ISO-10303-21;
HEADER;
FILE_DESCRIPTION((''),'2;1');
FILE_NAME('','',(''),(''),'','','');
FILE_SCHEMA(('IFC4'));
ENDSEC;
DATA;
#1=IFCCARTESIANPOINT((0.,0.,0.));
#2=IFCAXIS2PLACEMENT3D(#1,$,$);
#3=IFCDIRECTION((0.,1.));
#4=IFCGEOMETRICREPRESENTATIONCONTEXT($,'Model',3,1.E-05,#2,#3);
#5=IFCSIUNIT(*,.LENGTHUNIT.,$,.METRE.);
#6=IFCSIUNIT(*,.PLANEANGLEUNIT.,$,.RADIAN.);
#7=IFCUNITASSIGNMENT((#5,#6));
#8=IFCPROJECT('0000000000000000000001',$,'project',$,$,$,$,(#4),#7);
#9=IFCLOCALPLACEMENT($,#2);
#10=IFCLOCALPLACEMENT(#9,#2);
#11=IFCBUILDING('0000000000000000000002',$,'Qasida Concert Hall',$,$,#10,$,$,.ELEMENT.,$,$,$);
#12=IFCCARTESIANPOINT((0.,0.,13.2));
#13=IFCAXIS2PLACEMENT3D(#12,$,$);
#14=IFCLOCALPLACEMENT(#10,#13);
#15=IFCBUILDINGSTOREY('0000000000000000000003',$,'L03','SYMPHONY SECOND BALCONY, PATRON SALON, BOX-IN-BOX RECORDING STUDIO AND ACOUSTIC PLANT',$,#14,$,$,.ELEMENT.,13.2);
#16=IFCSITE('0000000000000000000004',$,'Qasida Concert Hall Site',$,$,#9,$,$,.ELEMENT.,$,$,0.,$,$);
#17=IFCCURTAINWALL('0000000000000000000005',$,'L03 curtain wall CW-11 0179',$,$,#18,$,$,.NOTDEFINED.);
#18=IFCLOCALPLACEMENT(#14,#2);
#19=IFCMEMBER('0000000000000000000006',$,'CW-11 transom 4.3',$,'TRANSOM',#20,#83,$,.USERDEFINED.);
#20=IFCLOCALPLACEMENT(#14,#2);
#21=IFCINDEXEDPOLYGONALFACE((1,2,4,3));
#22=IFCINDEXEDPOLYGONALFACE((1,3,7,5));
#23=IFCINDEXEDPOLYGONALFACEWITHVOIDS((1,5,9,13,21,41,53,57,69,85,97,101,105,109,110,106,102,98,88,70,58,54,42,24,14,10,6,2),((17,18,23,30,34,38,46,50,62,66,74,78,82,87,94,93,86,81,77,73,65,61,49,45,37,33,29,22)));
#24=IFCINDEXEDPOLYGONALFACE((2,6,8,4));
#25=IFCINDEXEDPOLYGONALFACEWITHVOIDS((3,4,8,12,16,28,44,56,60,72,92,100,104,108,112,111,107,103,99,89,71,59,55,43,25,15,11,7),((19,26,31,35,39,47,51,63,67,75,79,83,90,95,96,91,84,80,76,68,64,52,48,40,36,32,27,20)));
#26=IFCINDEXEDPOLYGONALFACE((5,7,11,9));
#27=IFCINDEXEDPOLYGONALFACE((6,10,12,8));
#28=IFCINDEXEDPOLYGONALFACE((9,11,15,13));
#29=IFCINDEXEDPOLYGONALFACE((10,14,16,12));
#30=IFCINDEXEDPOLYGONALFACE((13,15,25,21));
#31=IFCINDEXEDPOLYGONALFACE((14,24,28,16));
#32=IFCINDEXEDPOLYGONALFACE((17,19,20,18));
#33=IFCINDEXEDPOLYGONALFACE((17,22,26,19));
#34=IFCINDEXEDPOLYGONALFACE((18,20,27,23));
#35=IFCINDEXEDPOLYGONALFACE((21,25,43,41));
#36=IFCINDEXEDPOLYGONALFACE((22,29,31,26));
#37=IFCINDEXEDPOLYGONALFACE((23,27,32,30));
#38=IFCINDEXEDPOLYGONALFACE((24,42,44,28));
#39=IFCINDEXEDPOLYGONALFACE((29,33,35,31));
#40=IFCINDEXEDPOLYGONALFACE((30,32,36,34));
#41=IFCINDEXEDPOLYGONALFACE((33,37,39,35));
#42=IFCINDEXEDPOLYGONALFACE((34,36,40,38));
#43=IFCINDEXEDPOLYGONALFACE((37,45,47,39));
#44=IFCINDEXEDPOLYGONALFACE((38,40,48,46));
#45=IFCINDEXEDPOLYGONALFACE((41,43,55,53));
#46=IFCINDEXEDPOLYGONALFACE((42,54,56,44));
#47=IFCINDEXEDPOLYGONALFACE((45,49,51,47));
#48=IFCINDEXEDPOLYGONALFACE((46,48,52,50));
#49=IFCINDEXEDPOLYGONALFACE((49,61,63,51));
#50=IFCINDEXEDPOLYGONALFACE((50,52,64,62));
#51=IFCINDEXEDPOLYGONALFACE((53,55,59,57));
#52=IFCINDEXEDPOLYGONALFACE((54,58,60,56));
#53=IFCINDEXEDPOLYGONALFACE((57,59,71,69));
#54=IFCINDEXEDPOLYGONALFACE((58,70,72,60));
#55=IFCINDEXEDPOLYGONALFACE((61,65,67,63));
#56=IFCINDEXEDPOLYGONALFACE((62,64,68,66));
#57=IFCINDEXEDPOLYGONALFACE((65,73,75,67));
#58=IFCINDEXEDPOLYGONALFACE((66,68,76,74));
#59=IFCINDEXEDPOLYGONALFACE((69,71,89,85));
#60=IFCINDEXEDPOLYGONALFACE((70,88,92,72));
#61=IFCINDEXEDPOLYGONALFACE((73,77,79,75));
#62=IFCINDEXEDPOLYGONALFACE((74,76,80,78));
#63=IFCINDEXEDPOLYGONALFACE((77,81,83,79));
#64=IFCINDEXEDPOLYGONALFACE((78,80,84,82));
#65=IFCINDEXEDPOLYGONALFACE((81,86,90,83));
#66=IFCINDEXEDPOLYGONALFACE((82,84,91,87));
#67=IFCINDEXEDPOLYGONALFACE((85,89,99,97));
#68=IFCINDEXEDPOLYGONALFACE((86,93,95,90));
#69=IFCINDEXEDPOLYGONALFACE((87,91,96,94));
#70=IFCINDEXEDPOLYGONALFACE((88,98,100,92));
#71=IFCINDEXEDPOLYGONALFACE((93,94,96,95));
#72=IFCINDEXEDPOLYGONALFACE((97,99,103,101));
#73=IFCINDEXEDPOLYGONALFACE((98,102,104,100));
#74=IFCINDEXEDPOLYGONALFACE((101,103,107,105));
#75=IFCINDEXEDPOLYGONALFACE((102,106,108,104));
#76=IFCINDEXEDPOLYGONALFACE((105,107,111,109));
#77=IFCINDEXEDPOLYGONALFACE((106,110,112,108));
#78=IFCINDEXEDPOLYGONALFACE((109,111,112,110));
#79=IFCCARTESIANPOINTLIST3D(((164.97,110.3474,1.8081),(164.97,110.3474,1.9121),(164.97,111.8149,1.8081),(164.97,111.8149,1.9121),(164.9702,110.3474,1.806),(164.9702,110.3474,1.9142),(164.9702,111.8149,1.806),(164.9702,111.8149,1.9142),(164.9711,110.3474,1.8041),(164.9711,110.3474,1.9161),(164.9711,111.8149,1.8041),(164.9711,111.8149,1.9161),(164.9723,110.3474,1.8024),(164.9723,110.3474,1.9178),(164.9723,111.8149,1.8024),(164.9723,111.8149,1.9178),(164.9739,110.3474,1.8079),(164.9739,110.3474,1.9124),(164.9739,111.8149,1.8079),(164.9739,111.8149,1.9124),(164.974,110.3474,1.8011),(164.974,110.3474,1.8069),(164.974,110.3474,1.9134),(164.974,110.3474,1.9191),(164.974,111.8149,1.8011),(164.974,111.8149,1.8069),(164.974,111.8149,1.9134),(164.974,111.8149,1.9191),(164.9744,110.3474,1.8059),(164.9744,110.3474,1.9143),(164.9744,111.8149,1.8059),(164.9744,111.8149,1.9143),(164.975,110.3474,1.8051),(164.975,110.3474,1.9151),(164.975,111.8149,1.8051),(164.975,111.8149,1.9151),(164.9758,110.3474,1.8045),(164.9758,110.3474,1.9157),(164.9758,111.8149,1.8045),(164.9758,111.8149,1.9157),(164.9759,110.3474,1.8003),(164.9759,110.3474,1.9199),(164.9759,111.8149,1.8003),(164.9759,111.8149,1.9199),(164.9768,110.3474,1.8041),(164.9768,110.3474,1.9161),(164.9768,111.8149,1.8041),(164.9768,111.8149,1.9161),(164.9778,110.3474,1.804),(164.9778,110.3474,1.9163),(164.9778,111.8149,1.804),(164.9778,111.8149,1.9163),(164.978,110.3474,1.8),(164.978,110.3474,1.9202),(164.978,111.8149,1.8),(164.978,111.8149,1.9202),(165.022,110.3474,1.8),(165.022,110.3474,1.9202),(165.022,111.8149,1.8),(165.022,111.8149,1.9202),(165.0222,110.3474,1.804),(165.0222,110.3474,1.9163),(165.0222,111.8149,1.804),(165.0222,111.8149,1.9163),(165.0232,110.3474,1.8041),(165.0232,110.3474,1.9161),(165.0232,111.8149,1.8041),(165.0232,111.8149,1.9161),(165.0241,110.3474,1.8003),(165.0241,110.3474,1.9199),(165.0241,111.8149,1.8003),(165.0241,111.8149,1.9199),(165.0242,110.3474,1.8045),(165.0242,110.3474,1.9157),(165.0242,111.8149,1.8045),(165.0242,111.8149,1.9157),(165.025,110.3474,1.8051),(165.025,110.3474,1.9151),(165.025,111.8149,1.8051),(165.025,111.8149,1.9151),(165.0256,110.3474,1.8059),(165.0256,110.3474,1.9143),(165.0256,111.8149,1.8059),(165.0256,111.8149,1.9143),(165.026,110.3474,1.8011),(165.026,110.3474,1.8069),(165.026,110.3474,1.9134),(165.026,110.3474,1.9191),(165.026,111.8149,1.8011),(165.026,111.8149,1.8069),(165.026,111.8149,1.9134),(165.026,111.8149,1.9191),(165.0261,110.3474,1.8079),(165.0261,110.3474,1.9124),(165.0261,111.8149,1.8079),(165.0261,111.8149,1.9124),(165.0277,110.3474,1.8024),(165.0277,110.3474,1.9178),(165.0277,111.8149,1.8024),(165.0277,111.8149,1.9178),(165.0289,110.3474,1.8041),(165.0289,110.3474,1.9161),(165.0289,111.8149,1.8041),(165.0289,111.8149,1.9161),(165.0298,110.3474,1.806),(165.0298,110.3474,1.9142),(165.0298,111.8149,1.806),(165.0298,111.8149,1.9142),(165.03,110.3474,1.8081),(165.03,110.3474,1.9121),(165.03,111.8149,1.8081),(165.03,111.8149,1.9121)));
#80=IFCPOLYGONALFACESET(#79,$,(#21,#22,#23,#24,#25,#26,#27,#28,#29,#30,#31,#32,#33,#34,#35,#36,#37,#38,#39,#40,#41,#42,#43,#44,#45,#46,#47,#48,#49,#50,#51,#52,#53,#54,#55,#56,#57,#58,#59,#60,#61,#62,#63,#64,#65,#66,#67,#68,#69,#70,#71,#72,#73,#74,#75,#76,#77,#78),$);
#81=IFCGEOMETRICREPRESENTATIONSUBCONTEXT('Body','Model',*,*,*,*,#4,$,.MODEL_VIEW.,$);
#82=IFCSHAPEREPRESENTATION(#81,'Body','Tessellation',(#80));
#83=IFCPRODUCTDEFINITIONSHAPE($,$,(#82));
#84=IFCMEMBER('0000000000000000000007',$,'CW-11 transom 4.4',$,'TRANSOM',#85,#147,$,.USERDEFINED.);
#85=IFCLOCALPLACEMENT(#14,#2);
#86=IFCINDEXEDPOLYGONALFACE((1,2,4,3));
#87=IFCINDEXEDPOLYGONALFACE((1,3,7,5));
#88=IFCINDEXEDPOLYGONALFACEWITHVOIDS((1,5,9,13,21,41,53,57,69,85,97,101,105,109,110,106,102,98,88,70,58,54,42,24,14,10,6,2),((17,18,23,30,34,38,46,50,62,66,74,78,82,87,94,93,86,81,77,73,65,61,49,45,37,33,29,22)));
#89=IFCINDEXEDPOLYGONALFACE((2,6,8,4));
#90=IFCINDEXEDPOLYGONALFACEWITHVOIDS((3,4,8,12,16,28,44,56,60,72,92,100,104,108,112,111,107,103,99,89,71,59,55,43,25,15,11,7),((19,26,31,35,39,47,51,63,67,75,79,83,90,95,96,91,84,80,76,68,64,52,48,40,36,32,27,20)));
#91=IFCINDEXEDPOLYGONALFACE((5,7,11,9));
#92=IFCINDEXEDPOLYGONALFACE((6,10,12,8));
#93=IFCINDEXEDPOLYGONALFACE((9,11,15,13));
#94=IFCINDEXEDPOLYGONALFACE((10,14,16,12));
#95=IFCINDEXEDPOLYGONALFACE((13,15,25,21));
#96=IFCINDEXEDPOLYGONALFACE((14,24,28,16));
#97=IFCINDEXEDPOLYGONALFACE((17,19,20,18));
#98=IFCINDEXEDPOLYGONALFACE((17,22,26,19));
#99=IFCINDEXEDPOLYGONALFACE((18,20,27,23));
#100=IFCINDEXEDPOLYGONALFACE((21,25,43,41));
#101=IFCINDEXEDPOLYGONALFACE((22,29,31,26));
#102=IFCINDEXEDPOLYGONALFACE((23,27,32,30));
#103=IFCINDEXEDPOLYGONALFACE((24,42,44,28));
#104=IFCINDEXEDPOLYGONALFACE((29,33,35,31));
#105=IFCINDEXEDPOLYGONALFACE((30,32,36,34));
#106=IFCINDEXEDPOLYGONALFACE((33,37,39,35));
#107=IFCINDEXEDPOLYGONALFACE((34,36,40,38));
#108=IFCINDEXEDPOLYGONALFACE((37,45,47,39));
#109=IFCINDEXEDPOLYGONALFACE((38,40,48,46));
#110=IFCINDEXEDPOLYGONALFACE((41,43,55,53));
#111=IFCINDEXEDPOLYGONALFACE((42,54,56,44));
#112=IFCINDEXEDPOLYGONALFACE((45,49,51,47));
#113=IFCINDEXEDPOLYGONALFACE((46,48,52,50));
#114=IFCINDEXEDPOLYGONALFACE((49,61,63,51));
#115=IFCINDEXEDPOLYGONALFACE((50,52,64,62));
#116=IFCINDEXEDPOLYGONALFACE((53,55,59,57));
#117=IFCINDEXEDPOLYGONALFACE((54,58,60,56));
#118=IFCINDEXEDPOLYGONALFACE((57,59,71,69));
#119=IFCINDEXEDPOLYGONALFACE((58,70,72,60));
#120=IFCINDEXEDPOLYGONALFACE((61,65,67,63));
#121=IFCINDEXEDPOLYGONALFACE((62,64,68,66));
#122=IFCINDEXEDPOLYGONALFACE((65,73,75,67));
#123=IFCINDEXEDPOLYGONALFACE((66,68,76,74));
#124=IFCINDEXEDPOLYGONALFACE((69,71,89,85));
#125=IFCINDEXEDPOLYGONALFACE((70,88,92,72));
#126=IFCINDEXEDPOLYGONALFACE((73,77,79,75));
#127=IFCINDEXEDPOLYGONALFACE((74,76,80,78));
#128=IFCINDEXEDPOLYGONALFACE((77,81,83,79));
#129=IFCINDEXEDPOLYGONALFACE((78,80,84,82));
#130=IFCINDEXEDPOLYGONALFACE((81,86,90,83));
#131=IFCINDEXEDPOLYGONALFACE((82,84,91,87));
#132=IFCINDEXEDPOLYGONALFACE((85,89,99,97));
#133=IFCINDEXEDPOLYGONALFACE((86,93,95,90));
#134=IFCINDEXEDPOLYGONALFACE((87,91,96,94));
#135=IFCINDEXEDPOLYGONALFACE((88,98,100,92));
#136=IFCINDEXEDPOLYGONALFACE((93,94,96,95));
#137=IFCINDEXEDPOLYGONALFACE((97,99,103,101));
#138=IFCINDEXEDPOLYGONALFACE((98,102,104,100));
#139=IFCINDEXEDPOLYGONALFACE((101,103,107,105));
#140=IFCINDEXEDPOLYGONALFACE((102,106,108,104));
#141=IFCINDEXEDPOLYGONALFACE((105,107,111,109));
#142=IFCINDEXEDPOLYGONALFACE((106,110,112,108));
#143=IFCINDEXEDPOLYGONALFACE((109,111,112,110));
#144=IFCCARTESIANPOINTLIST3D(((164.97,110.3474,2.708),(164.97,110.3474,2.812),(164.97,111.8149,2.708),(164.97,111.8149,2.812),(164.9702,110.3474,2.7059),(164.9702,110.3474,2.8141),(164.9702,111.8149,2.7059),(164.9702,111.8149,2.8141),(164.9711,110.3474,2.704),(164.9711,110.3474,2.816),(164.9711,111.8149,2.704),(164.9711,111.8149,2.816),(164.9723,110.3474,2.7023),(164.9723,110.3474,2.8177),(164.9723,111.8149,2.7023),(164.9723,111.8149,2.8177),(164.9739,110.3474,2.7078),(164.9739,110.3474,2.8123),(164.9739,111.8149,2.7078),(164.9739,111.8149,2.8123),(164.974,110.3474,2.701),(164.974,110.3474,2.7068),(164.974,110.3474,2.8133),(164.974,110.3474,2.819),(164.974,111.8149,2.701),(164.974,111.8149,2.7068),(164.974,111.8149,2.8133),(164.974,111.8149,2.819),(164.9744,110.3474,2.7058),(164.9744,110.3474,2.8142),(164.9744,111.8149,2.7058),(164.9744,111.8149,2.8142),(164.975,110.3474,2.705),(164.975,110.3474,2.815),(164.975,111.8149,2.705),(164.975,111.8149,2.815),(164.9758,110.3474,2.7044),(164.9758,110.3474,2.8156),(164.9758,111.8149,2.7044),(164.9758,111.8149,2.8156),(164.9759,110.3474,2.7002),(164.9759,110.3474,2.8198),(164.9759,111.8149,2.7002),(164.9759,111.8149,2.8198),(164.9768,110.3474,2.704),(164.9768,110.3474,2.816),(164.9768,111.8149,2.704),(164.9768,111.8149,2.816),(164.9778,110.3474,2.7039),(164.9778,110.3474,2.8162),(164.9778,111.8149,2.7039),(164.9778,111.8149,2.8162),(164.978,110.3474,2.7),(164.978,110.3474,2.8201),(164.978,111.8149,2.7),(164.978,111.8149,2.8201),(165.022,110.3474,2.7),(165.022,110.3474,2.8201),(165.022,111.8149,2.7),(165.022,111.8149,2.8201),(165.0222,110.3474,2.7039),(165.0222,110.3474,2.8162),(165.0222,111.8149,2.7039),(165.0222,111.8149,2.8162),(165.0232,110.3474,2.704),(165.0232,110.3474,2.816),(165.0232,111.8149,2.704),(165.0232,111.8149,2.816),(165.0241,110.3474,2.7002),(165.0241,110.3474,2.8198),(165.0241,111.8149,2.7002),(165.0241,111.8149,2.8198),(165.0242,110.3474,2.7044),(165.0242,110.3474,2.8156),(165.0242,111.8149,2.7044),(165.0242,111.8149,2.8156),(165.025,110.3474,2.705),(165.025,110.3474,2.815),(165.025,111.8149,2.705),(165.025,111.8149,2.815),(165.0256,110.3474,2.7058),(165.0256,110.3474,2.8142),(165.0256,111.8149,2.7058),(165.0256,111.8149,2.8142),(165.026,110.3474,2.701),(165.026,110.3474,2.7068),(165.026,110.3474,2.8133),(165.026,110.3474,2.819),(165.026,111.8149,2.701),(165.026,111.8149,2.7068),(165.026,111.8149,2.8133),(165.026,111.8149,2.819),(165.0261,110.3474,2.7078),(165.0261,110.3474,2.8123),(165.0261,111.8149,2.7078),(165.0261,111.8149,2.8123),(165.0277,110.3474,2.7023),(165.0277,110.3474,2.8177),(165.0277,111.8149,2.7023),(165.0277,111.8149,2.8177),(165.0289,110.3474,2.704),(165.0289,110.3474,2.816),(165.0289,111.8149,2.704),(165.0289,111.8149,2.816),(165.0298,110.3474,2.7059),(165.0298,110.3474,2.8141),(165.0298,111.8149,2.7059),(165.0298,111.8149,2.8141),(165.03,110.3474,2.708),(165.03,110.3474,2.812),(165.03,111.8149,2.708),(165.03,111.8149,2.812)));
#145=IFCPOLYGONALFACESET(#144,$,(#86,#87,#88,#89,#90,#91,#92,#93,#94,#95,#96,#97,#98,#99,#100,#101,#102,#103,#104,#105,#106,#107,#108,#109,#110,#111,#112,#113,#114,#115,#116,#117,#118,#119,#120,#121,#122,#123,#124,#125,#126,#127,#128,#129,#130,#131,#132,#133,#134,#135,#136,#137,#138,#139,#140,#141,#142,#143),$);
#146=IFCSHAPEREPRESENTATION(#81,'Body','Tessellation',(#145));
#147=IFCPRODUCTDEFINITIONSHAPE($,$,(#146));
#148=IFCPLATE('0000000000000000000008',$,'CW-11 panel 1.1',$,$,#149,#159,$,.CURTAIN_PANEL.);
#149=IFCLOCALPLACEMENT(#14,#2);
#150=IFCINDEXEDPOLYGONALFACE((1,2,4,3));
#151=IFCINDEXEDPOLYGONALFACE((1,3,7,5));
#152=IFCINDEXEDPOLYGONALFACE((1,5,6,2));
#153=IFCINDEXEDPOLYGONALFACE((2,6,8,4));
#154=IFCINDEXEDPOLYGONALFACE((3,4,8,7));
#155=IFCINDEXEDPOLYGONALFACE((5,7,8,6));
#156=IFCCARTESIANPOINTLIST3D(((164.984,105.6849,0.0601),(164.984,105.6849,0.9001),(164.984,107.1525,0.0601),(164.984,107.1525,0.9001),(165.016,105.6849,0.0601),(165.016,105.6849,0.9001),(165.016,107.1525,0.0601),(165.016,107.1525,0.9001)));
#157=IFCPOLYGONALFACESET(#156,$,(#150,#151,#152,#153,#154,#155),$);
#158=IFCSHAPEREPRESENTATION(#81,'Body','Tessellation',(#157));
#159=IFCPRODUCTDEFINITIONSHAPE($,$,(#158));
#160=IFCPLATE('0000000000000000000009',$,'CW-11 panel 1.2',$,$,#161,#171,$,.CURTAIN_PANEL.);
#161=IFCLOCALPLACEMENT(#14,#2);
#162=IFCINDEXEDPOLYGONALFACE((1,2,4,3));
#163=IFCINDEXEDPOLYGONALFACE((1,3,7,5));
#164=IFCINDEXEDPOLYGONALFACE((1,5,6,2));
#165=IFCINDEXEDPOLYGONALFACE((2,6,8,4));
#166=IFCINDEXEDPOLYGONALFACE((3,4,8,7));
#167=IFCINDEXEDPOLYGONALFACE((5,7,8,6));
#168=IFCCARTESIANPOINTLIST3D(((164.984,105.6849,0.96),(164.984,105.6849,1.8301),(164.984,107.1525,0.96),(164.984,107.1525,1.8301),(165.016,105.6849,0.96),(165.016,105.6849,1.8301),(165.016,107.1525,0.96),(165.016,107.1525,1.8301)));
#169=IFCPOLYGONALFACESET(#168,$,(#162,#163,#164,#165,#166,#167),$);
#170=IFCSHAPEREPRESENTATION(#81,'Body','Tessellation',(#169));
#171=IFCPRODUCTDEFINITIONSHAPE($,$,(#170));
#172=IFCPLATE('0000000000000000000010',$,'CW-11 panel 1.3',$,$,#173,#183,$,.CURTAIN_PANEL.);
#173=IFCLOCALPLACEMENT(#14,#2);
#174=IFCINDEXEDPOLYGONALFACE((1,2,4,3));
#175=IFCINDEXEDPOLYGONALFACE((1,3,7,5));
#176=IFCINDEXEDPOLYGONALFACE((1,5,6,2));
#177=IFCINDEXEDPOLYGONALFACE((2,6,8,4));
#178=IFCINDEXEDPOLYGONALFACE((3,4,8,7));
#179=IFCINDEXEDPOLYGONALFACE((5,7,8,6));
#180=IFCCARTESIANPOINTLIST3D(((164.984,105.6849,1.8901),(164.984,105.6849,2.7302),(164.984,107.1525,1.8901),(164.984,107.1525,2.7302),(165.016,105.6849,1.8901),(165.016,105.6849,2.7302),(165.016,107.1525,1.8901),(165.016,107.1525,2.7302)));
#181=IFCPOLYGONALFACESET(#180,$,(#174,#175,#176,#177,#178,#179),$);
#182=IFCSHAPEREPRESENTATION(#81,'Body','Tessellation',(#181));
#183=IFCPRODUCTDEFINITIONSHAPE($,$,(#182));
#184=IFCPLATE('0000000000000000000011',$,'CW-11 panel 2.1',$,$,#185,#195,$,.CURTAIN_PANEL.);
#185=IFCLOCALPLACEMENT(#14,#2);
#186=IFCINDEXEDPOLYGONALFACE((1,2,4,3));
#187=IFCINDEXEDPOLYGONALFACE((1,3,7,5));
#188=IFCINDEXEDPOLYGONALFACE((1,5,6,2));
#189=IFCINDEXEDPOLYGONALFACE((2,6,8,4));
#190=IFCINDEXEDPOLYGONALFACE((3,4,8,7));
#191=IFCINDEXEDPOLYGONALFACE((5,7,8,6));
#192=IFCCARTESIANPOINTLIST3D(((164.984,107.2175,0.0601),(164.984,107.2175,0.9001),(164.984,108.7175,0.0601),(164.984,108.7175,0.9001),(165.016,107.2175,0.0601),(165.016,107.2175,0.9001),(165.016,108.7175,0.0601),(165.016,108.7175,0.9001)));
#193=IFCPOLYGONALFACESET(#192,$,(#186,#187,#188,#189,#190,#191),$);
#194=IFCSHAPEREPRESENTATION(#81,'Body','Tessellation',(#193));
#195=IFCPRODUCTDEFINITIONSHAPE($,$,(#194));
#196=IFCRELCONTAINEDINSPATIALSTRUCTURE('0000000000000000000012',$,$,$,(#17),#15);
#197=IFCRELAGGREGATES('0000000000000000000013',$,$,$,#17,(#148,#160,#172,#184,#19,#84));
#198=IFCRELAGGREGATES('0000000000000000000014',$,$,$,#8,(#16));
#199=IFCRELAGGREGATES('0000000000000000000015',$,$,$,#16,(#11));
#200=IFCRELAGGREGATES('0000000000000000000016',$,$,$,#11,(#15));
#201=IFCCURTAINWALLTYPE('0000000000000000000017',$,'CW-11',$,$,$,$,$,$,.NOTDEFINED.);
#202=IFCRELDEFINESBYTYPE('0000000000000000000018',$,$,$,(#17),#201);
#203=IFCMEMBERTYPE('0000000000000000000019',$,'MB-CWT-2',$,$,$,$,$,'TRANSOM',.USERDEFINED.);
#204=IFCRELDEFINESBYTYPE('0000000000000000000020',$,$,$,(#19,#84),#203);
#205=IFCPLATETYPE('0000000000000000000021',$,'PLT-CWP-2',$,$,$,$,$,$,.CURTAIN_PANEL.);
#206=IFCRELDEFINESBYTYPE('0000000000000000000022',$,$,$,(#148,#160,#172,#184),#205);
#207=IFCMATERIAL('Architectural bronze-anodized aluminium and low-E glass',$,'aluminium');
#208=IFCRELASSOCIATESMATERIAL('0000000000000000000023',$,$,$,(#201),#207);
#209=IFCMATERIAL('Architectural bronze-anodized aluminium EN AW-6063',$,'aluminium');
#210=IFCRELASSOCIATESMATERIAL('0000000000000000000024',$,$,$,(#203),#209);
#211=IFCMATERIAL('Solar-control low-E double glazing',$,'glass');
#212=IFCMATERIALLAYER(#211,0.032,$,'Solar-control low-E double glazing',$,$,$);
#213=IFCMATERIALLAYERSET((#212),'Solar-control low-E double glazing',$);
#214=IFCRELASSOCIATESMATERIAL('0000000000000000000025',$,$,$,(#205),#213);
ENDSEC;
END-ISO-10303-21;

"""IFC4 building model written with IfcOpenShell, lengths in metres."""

from ifc_helpers import new_model, si_unit, direction, frame, origin, origin_2d, place, context, subcontext, project, spatial, rectangle, hollow_rectangle, extrude, material, layer, layer_set, material_profile, profile_set, type_object, element, aggregate, save


model = new_model("IFC4")

# Units and contexts
model_context = context("Model", 3, precision=1e-05, world=origin(), true_north=direction((0.0, 1.0)))
body_context = subcontext(model_context, "Body", "Model", "MODEL_VIEW")
ifc_project = project(units=[si_unit("LENGTHUNIT", "METRE"), si_unit("PLANEANGLEUNIT", "RADIAN")], contexts=[model_context])

# Site, building, storey
site_placement = place(None, origin())
site = spatial("IfcSite", under=ifc_project, at=site_placement, Name="Qasida Concert Hall Site", CompositionType="ELEMENT", RefElevation=0.0)
building_placement = place(site_placement, origin())
building = spatial("IfcBuilding", under=site, at=building_placement, Name="Qasida Concert Hall", CompositionType="ELEMENT")
storey_placement = place(building_placement, frame((0.0, 0.0, 13.2)))
storey = spatial("IfcBuildingStorey", under=building, at=storey_placement, Name="L03", Description="SYMPHONY SECOND BALCONY, PATRON SALON, BOX-IN-BOX RECORDING STUDIO AND ACOUSTIC PLANT", CompositionType="ELEMENT", Elevation=13.2)

# Curtain wall, members, plates
ifc_material_1 = material(Name="Architectural bronze-anodized aluminium and low-E glass", Category="aluminium")
curtain_wall_type = type_object("IfcCurtainWallType", Name="CW-11", PredefinedType="NOTDEFINED", material=ifc_material_1)
curtain_wall_placement = place(storey_placement, origin())
curtain_wall = element("IfcCurtainWall", 1, at=curtain_wall_placement, inside=storey, type_object=curtain_wall_type, Name="L03 curtain wall CW-11 0179", PredefinedType="NOTDEFINED")
ifc_material_2 = material(Name="Architectural bronze-anodized aluminium EN AW-6063", Category="aluminium")
ifc_material_profile_1 = material_profile(ifc_material_2, hollow_rectangle(XDim=0.0601, YDim=0.1201, WallThickness=0.0039, InnerFilletRadius=0.0039, OuterFilletRadius=0.0081, at=origin_2d()), Name="CWT 120x60x4")
ifc_profile_set_1 = profile_set([ifc_material_profile_1], Name="Architectural bronze-anodized aluminium EN AW-6063")
member_type_1 = type_object("IfcMemberType", Name="MB-CWT-2", ElementType="TRANSOM", PredefinedType="USERDEFINED", material=ifc_profile_set_1)
member_1_placement = place(storey_placement, frame((165.0, 110.3474, 1.8601), z_axis=(0.0, 1.0, 0.0), x_axis=(-1.0, 0.0, 0.0)))
member_1 = element("IfcMember", 2, at=member_1_placement, type_object=member_type_1, Name="CW-11 transom 4.3", ObjectType="TRANSOM", PredefinedType="USERDEFINED", context=body_context, shape_type="SweptSolid", body=[
    extrude(hollow_rectangle(XDim=0.0601, YDim=0.1201, WallThickness=0.0039, InnerFilletRadius=0.0039, OuterFilletRadius=0.0081, at=origin_2d()), origin(), (0.0, 0.0, 1.0), 1.4675),
])
member_2_placement = place(storey_placement, frame((165.0, 110.3474, 2.76), z_axis=(0.0, 1.0, 0.0), x_axis=(-1.0, 0.0, 0.0)))
member_2 = element("IfcMember", 3, at=member_2_placement, type_object=member_type_1, Name="CW-11 transom 4.4", ObjectType="TRANSOM", PredefinedType="USERDEFINED", context=body_context, shape_type="SweptSolid", body=[
    extrude(hollow_rectangle(XDim=0.0601, YDim=0.1201, WallThickness=0.0039, InnerFilletRadius=0.0039, OuterFilletRadius=0.0081, at=origin_2d()), origin(), (0.0, 0.0, 1.0), 1.4675),
])
ifc_material_3 = material(Name="Solar-control low-E double glazing", Category="glass")
ifc_layer_1 = layer(ifc_material_3, 0.032, Name="Solar-control low-E double glazing")
ifc_layer_set_1 = layer_set([ifc_layer_1], Name="Solar-control low-E double glazing")
plate_type = type_object("IfcPlateType", Name="PLT-CWP-2", PredefinedType="CURTAIN_PANEL", material=ifc_layer_set_1)
plate_1_placement = place(storey_placement, frame((165.0, 106.4187, 0.0601), z_axis=(0.0, 0.0, 1.0), x_axis=(0.0, 1.0, 0.0)))
plate_1 = element("IfcPlate", 4, at=plate_1_placement, type_object=plate_type, Name="CW-11 panel 1.1", PredefinedType="CURTAIN_PANEL", context=body_context, shape_type="SweptSolid", body=[
    extrude(rectangle(XDim=1.4675, YDim=0.032, at=origin_2d()), origin(), (0.0, 0.0, 1.0), 0.8401),
])
plate_2_placement = place(storey_placement, frame((165.0, 106.4187, 0.96), z_axis=(0.0, 0.0, 1.0), x_axis=(0.0, 1.0, 0.0)))
plate_2 = element("IfcPlate", 5, at=plate_2_placement, type_object=plate_type, Name="CW-11 panel 1.2", PredefinedType="CURTAIN_PANEL", context=body_context, shape_type="SweptSolid", body=[
    extrude(rectangle(XDim=1.4675, YDim=0.032, at=origin_2d()), origin(), (0.0, 0.0, 1.0), 0.8701),
])
plate_3_placement = place(storey_placement, frame((165.0, 106.4187, 1.8901), z_axis=(0.0, 0.0, 1.0), x_axis=(0.0, 1.0, 0.0)))
plate_3 = element("IfcPlate", 6, at=plate_3_placement, type_object=plate_type, Name="CW-11 panel 1.3", PredefinedType="CURTAIN_PANEL", context=body_context, shape_type="SweptSolid", body=[
    extrude(rectangle(XDim=1.4675, YDim=0.032, at=origin_2d()), origin(), (0.0, 0.0, 1.0), 0.8401),
])
plate_4_placement = place(storey_placement, frame((165.0, 107.9675, 0.0601), z_axis=(0.0, 0.0, 1.0), x_axis=(0.0, 1.0, 0.0)))
plate_4 = element("IfcPlate", 7, at=plate_4_placement, type_object=plate_type, Name="CW-11 panel 2.1", PredefinedType="CURTAIN_PANEL", context=body_context, shape_type="SweptSolid", body=[
    extrude(rectangle(XDim=1.5, YDim=0.032, at=origin_2d()), origin(), (0.0, 0.0, 1.0), 0.8401),
])
aggregate(curtain_wall, [plate_1, plate_2, plate_3, plate_4, member_1, member_2])

save(model, "model.ifc")
